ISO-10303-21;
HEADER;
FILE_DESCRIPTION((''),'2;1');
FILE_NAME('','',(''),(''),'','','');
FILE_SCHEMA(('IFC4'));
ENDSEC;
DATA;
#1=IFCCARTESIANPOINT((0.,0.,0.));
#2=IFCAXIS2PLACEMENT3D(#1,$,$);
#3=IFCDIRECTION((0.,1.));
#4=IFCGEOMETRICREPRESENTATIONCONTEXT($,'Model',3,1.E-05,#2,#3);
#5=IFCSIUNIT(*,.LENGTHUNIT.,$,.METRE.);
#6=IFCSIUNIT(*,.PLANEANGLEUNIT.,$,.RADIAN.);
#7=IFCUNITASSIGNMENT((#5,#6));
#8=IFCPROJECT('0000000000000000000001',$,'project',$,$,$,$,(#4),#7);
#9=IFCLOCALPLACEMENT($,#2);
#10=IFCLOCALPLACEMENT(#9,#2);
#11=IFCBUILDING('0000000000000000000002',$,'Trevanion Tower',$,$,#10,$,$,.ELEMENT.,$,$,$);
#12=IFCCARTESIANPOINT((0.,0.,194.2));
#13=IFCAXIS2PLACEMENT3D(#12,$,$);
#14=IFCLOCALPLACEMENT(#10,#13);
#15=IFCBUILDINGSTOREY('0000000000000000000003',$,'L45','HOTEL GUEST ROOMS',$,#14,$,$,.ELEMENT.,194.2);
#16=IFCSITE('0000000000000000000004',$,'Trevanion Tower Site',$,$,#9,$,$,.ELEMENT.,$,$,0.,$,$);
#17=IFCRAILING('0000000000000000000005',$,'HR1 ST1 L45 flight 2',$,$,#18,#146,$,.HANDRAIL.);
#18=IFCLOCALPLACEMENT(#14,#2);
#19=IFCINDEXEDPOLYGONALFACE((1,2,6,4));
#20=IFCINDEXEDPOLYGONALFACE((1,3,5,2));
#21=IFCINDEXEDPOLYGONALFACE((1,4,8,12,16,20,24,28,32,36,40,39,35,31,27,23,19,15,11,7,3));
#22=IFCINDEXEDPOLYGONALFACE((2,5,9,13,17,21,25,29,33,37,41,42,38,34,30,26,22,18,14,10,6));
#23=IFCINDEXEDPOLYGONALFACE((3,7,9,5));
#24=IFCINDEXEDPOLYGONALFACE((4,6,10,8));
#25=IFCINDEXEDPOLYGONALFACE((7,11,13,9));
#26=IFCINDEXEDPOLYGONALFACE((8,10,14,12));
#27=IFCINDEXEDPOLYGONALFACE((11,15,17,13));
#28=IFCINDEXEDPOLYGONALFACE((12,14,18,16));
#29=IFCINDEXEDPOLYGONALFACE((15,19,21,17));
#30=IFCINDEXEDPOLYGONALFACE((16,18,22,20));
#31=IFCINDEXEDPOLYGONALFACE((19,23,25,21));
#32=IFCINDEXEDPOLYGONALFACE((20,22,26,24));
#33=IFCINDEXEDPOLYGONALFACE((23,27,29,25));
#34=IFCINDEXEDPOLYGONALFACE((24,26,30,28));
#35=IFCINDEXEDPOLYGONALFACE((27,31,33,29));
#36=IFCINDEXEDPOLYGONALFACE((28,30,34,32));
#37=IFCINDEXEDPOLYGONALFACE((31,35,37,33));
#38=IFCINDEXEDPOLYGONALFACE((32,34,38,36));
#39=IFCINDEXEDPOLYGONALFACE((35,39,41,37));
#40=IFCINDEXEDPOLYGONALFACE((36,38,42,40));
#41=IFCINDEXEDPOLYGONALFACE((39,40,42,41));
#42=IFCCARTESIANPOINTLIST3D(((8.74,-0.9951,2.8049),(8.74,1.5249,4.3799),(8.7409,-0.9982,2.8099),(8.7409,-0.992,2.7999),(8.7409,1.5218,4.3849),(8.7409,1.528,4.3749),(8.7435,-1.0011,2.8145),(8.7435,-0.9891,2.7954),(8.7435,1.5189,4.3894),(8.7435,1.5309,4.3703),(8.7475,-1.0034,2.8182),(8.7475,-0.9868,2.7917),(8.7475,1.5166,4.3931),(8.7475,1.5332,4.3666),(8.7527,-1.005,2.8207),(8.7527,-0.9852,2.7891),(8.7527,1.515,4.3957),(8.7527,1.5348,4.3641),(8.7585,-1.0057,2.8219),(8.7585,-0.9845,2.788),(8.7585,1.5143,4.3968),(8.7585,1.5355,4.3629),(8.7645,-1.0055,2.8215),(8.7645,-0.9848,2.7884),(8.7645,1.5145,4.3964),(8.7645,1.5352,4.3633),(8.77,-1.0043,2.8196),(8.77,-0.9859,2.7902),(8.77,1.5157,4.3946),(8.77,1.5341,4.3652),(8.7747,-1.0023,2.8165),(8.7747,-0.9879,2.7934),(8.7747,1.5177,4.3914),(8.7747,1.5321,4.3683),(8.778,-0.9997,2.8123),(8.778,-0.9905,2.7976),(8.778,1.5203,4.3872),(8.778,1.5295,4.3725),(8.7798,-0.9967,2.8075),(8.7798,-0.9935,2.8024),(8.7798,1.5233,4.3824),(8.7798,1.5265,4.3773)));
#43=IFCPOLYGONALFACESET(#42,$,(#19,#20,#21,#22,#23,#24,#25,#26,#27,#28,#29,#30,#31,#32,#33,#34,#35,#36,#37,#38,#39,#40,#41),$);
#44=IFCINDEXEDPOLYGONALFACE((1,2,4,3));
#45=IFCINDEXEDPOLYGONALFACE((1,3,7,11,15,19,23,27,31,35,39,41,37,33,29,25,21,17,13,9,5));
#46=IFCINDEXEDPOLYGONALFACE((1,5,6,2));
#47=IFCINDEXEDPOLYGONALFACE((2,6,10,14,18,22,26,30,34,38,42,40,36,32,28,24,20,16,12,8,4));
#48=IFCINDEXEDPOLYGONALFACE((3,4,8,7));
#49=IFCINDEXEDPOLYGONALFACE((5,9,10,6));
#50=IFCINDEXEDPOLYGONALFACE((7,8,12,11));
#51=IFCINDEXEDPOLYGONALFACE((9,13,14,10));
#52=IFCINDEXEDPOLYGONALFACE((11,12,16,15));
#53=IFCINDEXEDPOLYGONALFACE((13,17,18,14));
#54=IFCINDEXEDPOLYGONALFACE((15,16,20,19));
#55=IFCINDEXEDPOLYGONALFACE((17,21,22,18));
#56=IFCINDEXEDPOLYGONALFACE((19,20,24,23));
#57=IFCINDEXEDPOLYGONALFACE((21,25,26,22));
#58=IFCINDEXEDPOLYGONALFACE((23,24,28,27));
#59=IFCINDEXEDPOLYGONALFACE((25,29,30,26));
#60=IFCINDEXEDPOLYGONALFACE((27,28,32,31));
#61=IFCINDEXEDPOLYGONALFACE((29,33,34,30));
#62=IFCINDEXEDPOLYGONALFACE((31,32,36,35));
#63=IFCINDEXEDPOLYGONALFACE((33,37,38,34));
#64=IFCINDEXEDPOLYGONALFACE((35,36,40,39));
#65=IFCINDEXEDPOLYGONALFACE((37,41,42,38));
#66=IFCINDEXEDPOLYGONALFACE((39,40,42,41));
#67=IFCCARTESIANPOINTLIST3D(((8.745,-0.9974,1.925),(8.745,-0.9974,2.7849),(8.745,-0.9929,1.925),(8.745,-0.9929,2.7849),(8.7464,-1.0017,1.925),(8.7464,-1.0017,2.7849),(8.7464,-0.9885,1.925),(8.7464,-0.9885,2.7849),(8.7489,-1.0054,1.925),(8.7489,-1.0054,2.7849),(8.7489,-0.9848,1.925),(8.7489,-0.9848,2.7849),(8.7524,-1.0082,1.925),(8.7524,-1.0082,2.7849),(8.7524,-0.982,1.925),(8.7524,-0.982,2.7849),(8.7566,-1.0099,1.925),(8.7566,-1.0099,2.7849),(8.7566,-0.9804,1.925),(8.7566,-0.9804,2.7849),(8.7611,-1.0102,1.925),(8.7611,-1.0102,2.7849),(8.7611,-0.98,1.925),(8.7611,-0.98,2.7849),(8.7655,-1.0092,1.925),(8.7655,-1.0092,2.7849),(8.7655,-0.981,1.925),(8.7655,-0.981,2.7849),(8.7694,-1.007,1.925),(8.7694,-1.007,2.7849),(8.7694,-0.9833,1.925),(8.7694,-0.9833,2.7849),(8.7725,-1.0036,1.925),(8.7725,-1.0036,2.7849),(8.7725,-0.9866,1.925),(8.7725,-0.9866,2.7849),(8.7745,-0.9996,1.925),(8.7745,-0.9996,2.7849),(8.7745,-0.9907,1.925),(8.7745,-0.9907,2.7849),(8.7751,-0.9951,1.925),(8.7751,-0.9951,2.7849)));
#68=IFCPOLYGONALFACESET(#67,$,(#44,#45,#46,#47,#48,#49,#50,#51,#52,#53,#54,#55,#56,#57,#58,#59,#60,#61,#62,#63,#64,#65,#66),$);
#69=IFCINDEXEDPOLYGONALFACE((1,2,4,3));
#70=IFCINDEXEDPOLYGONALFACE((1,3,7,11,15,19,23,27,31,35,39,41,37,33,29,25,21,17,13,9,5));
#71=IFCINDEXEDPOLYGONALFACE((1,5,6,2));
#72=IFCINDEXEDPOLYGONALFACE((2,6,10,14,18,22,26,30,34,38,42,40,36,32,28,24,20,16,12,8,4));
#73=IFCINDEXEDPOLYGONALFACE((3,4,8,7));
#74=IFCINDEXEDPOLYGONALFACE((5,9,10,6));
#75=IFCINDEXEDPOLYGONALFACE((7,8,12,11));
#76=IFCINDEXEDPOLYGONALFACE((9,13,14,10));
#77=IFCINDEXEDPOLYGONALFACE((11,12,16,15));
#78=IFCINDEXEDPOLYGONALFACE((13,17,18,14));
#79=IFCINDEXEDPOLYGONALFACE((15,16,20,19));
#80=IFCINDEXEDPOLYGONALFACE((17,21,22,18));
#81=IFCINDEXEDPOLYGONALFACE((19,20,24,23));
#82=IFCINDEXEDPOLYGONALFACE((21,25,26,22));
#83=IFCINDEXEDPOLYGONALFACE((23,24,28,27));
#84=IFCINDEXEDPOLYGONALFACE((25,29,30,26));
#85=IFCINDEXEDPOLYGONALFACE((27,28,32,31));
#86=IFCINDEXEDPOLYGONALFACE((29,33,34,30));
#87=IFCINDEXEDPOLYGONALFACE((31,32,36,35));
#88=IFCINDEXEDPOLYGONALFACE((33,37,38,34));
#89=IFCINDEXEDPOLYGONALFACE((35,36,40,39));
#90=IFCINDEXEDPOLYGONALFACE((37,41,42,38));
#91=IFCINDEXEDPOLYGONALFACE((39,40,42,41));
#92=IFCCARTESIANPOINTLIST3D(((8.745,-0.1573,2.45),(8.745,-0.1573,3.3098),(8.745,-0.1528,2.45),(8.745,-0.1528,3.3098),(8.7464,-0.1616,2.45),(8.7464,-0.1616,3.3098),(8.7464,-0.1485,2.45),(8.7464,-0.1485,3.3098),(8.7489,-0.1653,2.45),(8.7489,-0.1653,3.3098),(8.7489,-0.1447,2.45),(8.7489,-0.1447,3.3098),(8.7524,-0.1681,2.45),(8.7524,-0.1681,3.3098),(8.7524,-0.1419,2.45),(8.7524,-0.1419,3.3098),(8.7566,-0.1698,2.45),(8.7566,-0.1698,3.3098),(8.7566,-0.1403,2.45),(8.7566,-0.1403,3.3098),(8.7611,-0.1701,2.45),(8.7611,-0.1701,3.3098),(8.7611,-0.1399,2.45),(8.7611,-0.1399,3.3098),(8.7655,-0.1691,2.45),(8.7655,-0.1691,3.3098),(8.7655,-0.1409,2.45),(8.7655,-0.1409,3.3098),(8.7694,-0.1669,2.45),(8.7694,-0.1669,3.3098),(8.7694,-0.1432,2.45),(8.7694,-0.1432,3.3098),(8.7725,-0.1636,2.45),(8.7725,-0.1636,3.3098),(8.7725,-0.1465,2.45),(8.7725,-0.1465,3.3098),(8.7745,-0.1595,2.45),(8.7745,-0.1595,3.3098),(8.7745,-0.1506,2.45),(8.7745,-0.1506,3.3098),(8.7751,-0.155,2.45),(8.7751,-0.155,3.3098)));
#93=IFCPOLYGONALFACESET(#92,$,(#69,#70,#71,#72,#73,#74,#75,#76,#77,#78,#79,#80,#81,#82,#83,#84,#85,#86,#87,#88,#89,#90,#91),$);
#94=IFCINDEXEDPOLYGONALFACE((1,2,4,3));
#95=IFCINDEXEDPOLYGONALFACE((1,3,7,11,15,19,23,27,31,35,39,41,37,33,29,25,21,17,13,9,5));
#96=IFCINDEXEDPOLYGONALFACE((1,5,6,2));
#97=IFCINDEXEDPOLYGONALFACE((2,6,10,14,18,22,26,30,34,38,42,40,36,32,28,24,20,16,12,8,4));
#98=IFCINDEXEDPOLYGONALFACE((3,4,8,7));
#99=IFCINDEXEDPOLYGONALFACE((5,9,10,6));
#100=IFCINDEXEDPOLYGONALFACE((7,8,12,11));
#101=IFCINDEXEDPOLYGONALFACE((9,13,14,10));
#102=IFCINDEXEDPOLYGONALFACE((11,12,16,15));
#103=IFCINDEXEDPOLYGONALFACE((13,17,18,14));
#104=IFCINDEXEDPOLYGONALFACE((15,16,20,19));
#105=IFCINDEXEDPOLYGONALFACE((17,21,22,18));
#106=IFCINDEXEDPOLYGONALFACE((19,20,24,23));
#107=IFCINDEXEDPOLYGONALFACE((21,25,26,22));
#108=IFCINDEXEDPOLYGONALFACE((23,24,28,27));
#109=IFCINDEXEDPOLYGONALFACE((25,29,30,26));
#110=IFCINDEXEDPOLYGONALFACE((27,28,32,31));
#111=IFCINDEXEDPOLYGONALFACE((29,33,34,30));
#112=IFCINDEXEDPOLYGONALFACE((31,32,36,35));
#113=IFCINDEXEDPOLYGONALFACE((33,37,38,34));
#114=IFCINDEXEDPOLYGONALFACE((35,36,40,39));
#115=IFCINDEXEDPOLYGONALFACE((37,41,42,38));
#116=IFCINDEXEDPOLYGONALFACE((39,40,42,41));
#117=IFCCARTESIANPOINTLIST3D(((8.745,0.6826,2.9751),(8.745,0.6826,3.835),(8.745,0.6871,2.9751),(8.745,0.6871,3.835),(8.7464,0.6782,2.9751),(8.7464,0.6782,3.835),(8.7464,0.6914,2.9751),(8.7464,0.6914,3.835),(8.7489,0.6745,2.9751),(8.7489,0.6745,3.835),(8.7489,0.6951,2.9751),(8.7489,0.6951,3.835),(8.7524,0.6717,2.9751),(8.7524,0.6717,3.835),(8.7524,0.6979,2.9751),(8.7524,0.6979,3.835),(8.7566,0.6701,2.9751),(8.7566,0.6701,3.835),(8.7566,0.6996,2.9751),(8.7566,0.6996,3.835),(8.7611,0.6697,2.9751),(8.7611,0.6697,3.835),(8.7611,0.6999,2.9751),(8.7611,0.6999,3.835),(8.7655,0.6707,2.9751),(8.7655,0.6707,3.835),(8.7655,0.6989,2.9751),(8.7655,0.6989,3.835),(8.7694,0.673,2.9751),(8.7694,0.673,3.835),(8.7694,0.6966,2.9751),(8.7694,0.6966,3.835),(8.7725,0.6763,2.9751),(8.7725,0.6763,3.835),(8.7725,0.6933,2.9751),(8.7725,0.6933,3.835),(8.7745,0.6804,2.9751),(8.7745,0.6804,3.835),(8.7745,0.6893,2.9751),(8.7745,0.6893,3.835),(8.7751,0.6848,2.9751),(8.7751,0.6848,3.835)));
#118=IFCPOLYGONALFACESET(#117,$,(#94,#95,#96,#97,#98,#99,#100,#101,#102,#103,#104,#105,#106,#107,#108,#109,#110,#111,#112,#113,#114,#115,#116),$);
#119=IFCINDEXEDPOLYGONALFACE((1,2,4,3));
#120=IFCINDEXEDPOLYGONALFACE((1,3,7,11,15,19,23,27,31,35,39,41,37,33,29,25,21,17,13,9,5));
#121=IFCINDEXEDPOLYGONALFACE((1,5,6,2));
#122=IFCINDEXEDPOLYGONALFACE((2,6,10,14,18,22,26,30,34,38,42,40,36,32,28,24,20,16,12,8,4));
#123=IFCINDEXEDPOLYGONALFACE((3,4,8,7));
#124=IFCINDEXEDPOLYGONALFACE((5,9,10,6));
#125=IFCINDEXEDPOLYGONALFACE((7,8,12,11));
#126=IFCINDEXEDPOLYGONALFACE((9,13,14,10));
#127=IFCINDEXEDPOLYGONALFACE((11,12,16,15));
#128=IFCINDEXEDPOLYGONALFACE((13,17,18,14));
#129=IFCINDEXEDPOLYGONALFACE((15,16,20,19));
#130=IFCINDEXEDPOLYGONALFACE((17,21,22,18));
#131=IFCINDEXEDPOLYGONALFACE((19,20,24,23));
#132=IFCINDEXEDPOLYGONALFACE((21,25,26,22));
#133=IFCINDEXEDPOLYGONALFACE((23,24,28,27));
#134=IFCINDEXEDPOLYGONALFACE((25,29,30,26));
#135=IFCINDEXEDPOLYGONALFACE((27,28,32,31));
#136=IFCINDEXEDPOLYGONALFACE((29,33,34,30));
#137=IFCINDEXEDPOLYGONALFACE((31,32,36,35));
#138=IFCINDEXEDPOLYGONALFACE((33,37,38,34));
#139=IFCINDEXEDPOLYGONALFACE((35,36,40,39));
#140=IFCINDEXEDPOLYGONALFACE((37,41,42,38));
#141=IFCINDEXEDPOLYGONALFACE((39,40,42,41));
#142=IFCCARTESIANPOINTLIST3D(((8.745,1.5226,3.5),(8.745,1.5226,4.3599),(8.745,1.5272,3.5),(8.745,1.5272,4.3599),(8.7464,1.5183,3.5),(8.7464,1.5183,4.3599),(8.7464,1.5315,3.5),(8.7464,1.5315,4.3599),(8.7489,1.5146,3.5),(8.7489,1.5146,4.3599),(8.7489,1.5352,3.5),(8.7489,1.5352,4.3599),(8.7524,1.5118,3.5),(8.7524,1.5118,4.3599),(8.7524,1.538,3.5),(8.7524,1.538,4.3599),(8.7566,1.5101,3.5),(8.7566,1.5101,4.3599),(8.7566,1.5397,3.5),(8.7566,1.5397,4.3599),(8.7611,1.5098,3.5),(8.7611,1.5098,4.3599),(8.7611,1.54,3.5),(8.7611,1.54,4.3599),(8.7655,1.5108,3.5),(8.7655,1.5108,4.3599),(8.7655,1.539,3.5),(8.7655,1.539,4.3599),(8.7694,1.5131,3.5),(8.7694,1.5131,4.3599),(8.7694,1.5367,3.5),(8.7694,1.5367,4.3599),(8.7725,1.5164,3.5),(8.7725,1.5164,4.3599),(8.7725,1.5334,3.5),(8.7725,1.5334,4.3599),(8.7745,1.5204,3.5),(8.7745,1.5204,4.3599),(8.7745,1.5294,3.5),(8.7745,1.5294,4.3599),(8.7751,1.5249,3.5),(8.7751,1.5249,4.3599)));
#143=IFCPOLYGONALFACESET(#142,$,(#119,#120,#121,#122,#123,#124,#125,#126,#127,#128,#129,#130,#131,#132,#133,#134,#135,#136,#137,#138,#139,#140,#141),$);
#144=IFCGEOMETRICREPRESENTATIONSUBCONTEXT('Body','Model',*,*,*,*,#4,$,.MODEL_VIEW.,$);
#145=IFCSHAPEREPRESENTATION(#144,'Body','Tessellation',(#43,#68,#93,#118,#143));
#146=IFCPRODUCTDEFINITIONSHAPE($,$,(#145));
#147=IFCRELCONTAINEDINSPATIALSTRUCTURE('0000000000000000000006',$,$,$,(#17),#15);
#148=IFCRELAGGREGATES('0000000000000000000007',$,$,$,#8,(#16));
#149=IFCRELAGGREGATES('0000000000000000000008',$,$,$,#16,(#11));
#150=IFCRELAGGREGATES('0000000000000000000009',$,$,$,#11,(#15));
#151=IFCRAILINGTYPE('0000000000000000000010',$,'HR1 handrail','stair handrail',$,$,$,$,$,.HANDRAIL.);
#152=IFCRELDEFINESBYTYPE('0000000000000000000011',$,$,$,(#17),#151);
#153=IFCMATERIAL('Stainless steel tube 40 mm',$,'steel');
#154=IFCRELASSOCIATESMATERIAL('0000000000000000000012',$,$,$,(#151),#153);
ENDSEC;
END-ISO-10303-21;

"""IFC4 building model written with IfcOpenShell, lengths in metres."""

from ifc_helpers import new_model, si_unit, direction, frame, origin, origin_2d, place, context, subcontext, project, spatial, circle, extrude, material, type_object, element, save


model = new_model("IFC4")

# Units and contexts
model_context = context("Model", 3, precision=1e-05, world=origin(), true_north=direction((0.0, 1.0)))
body_context = subcontext(model_context, "Body", "Model", "MODEL_VIEW")
ifc_project = project(units=[si_unit("LENGTHUNIT", "METRE"), si_unit("PLANEANGLEUNIT", "RADIAN")], contexts=[model_context])

# Site, building, storey
site_placement = place(None, origin())
site = spatial("IfcSite", under=ifc_project, at=site_placement, Name="Trevanion Tower Site", CompositionType="ELEMENT", RefElevation=0.0)
building_placement = place(site_placement, origin())
building = spatial("IfcBuilding", under=site, at=building_placement, Name="Trevanion Tower", CompositionType="ELEMENT")
storey_placement = place(building_placement, frame((0.0, 0.0, 194.2)))
storey = spatial("IfcBuildingStorey", under=building, at=storey_placement, Name="L45", Description="HOTEL GUEST ROOMS", CompositionType="ELEMENT", Elevation=194.2)

# Railing
ifc_material_1 = material(Name="Stainless steel tube 40 mm", Category="steel")
railing_type = type_object("IfcRailingType", Name="HR1 handrail", Description="stair handrail", PredefinedType="HANDRAIL", material=ifc_material_1)
railing_placement = place(storey_placement, frame((8.76, -0.9951, 1.925)))
element("IfcRailing", 1, at=railing_placement, inside=storey, type_object=railing_type, Name="HR1 ST1 L45 flight 2", PredefinedType="HANDRAIL", context=body_context, shape_type="SweptSolid", body=[
    extrude(circle(Radius=0.02, at=origin_2d()), frame((0.0, 0.0, 0.8799), z_axis=(0.0, 0.848008, 0.529984), x_axis=(-1.0, 0.0, 0.0)), (0.0, 0.0, 1.0), 2.9717),
    extrude(circle(Radius=0.0151, at=origin_2d()), origin(), (0.0, 0.0, 1.0), 0.8599),
    extrude(circle(Radius=0.0151, at=origin_2d()), frame((0.0, 0.8401, 0.5249)), (0.0, 0.0, 1.0), 0.8599),
    extrude(circle(Radius=0.0151, at=origin_2d()), frame((0.0, 1.6799, 1.05)), (0.0, 0.0, 1.0), 0.8599),
    extrude(circle(Radius=0.0151, at=origin_2d()), frame((0.0, 2.52, 1.575)), (0.0, 0.0, 1.0), 0.8599),
])

save(model, "model.ifc")
